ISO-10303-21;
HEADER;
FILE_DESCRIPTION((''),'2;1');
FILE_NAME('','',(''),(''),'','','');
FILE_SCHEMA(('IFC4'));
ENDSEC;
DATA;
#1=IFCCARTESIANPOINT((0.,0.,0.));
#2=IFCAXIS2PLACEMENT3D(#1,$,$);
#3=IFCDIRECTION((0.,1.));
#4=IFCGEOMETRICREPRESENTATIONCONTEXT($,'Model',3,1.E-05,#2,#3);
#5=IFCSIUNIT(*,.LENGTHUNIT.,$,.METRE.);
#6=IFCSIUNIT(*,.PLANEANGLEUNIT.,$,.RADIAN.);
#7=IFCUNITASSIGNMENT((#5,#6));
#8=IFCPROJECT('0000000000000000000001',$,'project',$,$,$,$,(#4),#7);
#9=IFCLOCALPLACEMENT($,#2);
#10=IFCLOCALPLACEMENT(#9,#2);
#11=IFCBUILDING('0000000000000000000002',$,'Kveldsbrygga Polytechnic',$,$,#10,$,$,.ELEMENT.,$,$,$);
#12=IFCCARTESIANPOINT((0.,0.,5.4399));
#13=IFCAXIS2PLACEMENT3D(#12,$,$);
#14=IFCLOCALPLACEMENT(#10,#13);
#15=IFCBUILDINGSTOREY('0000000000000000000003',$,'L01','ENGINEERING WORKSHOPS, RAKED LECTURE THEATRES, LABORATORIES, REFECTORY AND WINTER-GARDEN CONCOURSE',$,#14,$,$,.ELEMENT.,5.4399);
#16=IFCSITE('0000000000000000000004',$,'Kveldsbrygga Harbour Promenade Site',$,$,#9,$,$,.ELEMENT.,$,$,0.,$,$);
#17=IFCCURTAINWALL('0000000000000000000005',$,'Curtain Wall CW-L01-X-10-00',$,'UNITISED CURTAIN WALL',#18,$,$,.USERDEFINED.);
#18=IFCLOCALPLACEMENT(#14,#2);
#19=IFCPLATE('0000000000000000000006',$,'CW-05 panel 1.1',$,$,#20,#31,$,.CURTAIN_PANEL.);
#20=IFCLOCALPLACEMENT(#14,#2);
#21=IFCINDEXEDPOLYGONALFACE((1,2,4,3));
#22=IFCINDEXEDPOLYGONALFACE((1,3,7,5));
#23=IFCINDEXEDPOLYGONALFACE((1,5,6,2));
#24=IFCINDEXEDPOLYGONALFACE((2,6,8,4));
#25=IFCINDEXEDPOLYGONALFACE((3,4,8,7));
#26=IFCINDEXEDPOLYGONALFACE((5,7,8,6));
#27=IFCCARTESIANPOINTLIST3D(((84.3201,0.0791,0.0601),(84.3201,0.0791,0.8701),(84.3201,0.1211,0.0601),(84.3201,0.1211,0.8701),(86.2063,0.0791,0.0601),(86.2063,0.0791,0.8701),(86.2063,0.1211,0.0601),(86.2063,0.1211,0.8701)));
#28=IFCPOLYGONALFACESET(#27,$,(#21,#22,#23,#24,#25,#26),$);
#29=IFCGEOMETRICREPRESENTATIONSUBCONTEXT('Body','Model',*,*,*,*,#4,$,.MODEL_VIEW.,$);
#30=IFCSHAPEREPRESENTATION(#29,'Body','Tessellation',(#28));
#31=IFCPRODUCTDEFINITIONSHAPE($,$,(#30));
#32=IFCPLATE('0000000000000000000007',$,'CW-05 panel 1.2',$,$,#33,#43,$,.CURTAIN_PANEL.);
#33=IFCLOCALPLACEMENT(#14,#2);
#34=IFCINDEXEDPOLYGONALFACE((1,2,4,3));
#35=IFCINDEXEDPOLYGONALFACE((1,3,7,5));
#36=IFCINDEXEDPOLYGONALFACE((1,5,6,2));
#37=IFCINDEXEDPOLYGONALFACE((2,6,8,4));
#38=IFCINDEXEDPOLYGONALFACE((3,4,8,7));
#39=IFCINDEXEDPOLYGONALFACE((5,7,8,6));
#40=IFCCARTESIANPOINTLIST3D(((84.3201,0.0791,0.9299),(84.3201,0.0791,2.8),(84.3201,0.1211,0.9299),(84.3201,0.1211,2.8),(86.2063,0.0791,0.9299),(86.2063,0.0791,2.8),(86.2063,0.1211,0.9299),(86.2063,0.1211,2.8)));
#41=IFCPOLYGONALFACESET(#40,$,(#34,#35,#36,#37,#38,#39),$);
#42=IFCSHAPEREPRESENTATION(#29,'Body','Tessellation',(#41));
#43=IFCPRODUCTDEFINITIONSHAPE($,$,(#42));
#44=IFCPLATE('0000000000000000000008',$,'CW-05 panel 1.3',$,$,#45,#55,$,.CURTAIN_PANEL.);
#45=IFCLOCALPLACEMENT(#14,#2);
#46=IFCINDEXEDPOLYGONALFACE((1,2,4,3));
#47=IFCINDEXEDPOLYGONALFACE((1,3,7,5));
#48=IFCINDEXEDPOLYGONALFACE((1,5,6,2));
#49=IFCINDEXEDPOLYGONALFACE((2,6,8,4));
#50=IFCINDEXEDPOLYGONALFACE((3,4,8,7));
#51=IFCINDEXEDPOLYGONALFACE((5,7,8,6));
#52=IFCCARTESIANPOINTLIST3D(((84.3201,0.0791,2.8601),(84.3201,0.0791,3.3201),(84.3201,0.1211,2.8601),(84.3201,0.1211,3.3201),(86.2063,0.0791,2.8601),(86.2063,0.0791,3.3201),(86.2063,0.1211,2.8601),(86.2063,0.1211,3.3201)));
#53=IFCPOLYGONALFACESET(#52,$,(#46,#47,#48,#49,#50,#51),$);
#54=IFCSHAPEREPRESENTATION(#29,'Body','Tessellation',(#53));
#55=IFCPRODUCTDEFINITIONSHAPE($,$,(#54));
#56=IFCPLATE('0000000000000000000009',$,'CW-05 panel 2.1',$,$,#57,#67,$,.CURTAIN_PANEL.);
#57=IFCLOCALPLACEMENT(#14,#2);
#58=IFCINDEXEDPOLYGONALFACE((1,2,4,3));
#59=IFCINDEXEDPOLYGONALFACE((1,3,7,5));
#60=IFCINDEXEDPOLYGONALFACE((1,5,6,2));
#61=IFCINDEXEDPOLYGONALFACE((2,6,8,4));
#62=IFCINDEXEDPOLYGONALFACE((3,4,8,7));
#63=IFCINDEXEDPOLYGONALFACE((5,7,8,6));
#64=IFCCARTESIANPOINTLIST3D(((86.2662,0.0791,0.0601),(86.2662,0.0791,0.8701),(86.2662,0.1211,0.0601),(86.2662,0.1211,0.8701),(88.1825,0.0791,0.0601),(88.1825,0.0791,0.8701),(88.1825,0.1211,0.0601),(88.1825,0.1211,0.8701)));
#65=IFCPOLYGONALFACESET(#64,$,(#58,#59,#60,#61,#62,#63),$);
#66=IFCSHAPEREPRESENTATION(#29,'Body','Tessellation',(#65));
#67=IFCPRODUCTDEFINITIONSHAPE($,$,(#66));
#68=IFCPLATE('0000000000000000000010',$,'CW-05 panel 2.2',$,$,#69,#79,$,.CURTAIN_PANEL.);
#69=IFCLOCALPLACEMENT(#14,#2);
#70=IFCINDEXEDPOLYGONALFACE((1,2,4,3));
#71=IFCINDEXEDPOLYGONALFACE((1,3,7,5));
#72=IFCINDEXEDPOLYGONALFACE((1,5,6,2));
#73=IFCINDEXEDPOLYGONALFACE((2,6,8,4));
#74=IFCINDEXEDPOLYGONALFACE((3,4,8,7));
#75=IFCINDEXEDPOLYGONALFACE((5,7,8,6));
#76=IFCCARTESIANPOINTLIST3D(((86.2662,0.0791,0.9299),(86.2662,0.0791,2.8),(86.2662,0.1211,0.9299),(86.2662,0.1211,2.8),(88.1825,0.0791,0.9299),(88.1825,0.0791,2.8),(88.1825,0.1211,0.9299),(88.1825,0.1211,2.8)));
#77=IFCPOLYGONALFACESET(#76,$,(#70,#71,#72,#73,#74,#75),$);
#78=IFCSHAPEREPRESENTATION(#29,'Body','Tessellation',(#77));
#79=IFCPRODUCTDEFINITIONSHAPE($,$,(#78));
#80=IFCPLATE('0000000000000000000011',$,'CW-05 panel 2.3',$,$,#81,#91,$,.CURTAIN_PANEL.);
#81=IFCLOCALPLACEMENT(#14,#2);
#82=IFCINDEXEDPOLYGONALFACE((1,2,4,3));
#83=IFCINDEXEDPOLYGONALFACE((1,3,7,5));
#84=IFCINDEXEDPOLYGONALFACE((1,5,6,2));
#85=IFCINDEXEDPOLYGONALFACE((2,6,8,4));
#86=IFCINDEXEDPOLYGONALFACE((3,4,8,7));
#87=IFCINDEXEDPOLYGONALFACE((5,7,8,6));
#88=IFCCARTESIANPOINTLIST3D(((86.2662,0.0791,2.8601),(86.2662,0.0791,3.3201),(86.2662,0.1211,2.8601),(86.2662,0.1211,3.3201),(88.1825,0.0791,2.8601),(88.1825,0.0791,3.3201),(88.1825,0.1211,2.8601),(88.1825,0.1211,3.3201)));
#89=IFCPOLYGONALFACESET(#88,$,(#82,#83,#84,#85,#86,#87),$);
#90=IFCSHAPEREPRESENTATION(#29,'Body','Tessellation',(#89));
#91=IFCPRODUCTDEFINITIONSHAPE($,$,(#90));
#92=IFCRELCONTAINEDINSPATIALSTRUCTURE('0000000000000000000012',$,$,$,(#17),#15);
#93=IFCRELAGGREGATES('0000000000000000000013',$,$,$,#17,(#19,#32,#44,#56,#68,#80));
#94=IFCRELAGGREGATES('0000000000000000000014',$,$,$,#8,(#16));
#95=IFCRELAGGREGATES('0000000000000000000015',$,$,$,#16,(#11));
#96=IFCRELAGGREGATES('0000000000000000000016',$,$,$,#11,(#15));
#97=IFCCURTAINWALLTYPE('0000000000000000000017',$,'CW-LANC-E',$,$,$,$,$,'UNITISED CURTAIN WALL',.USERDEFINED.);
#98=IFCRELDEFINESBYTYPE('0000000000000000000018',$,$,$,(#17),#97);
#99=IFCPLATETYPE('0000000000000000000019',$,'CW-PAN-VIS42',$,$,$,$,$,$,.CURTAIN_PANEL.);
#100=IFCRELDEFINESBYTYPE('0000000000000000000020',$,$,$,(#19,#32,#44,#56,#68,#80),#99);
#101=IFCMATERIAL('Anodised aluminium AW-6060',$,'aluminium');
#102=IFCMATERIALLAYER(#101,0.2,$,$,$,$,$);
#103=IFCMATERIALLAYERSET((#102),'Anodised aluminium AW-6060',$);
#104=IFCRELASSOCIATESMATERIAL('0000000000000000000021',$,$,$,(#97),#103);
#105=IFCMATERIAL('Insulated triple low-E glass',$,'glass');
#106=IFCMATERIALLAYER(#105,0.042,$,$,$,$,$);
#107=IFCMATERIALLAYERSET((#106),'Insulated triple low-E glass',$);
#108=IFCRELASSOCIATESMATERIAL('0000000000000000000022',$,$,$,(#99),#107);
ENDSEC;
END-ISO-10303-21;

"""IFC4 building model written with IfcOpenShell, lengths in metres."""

from ifc_helpers import new_model, si_unit, direction, frame, origin, origin_2d, place, context, subcontext, project, spatial, rectangle, extrude, material, layer, layer_set, type_object, element, aggregate, save


model = new_model("IFC4")

# Units and contexts
model_context = context("Model", 3, precision=1e-05, world=origin(), true_north=direction((0.0, 1.0)))
body_context = subcontext(model_context, "Body", "Model", "MODEL_VIEW")
ifc_project = project(units=[si_unit("LENGTHUNIT", "METRE"), si_unit("PLANEANGLEUNIT", "RADIAN")], contexts=[model_context])

# Site, building, storey
site_placement = place(None, origin())
site = spatial("IfcSite", under=ifc_project, at=site_placement, Name="Kveldsbrygga Harbour Promenade Site", CompositionType="ELEMENT", RefElevation=0.0)
building_placement = place(site_placement, origin())
building = spatial("IfcBuilding", under=site, at=building_placement, Name="Kveldsbrygga Polytechnic", CompositionType="ELEMENT")
storey_placement = place(building_placement, frame((0.0, 0.0, 5.4399)))
storey = spatial("IfcBuildingStorey", under=building, at=storey_placement, Name="L01", Description="ENGINEERING WORKSHOPS, RAKED LECTURE THEATRES, LABORATORIES, REFECTORY AND WINTER-GARDEN CONCOURSE", CompositionType="ELEMENT", Elevation=5.4399)

# Curtain wall, plates
ifc_material_1 = material(Name="Anodised aluminium AW-6060", Category="aluminium")
ifc_layer_1 = layer(ifc_material_1, 0.2)
ifc_layer_set_1 = layer_set([ifc_layer_1], Name="Anodised aluminium AW-6060")
curtain_wall_type = type_object("IfcCurtainWallType", Name="CW-LANC-E", ElementType="UNITISED CURTAIN WALL", PredefinedType="USERDEFINED", material=ifc_layer_set_1)
curtain_wall_placement = place(storey_placement, origin())
curtain_wall = element("IfcCurtainWall", 1, at=curtain_wall_placement, inside=storey, type_object=curtain_wall_type, Name="Curtain Wall CW-L01-X-10-00", ObjectType="UNITISED CURTAIN WALL", PredefinedType="USERDEFINED")
ifc_material_2 = material(Name="Insulated triple low-E glass", Category="glass")
ifc_layer_2 = layer(ifc_material_2, 0.042)
ifc_layer_set_2 = layer_set([ifc_layer_2], Name="Insulated triple low-E glass")
plate_type = type_object("IfcPlateType", Name="CW-PAN-VIS42", PredefinedType="CURTAIN_PANEL", material=ifc_layer_set_2)
plate_1_placement = place(storey_placement, frame((85.2632, 0.1001, 0.0601), z_axis=(0.0, 0.0, 1.0), x_axis=(1.0, 0.0, 0.0)))
plate_1 = element("IfcPlate", 2, at=plate_1_placement, type_object=plate_type, Name="CW-05 panel 1.1", PredefinedType="CURTAIN_PANEL", context=body_context, shape_type="SweptSolid", body=[
    extrude(rectangle(XDim=1.8862, YDim=0.042, at=origin_2d()), origin(), (0.0, 0.0, 1.0), 0.8101),
])
plate_2_placement = place(storey_placement, frame((85.2632, 0.1001, 0.9299), z_axis=(0.0, 0.0, 1.0), x_axis=(1.0, 0.0, 0.0)))
plate_2 = element("IfcPlate", 3, at=plate_2_placement, type_object=plate_type, Name="CW-05 panel 1.2", PredefinedType="CURTAIN_PANEL", context=body_context, shape_type="SweptSolid", body=[
    extrude(rectangle(XDim=1.8862, YDim=0.042, at=origin_2d()), origin(), (0.0, 0.0, 1.0), 1.8701),
])
plate_3_placement = place(storey_placement, frame((85.2632, 0.1001, 2.8601), z_axis=(0.0, 0.0, 1.0), x_axis=(1.0, 0.0, 0.0)))
plate_3 = element("IfcPlate", 4, at=plate_3_placement, type_object=plate_type, Name="CW-05 panel 1.3", PredefinedType="CURTAIN_PANEL", context=body_context, shape_type="SweptSolid", body=[
    extrude(rectangle(XDim=1.8862, YDim=0.042, at=origin_2d()), origin(), (0.0, 0.0, 1.0), 0.46),
])
plate_4_placement = place(storey_placement, frame((87.2244, 0.1001, 0.0601), z_axis=(0.0, 0.0, 1.0), x_axis=(1.0, 0.0, 0.0)))
plate_4 = element("IfcPlate", 5, at=plate_4_placement, type_object=plate_type, Name="CW-05 panel 2.1", PredefinedType="CURTAIN_PANEL", context=body_context, shape_type="SweptSolid", body=[
    extrude(rectangle(XDim=1.9163, YDim=0.042, at=origin_2d()), origin(), (0.0, 0.0, 1.0), 0.8101),
])
plate_5_placement = place(storey_placement, frame((87.2244, 0.1001, 0.9299), z_axis=(0.0, 0.0, 1.0), x_axis=(1.0, 0.0, 0.0)))
plate_5 = element("IfcPlate", 6, at=plate_5_placement, type_object=plate_type, Name="CW-05 panel 2.2", PredefinedType="CURTAIN_PANEL", context=body_context, shape_type="SweptSolid", body=[
    extrude(rectangle(XDim=1.9163, YDim=0.042, at=origin_2d()), origin(), (0.0, 0.0, 1.0), 1.8701),
])
plate_6_placement = place(storey_placement, frame((87.2244, 0.1001, 2.8601), z_axis=(0.0, 0.0, 1.0), x_axis=(1.0, 0.0, 0.0)))
plate_6 = element("IfcPlate", 7, at=plate_6_placement, type_object=plate_type, Name="CW-05 panel 2.3", PredefinedType="CURTAIN_PANEL", context=body_context, shape_type="SweptSolid", body=[
    extrude(rectangle(XDim=1.9163, YDim=0.042, at=origin_2d()), origin(), (0.0, 0.0, 1.0), 0.46),
])
aggregate(curtain_wall, [plate_1, plate_2, plate_3, plate_4, plate_5, plate_6])

save(model, "model.ifc")
